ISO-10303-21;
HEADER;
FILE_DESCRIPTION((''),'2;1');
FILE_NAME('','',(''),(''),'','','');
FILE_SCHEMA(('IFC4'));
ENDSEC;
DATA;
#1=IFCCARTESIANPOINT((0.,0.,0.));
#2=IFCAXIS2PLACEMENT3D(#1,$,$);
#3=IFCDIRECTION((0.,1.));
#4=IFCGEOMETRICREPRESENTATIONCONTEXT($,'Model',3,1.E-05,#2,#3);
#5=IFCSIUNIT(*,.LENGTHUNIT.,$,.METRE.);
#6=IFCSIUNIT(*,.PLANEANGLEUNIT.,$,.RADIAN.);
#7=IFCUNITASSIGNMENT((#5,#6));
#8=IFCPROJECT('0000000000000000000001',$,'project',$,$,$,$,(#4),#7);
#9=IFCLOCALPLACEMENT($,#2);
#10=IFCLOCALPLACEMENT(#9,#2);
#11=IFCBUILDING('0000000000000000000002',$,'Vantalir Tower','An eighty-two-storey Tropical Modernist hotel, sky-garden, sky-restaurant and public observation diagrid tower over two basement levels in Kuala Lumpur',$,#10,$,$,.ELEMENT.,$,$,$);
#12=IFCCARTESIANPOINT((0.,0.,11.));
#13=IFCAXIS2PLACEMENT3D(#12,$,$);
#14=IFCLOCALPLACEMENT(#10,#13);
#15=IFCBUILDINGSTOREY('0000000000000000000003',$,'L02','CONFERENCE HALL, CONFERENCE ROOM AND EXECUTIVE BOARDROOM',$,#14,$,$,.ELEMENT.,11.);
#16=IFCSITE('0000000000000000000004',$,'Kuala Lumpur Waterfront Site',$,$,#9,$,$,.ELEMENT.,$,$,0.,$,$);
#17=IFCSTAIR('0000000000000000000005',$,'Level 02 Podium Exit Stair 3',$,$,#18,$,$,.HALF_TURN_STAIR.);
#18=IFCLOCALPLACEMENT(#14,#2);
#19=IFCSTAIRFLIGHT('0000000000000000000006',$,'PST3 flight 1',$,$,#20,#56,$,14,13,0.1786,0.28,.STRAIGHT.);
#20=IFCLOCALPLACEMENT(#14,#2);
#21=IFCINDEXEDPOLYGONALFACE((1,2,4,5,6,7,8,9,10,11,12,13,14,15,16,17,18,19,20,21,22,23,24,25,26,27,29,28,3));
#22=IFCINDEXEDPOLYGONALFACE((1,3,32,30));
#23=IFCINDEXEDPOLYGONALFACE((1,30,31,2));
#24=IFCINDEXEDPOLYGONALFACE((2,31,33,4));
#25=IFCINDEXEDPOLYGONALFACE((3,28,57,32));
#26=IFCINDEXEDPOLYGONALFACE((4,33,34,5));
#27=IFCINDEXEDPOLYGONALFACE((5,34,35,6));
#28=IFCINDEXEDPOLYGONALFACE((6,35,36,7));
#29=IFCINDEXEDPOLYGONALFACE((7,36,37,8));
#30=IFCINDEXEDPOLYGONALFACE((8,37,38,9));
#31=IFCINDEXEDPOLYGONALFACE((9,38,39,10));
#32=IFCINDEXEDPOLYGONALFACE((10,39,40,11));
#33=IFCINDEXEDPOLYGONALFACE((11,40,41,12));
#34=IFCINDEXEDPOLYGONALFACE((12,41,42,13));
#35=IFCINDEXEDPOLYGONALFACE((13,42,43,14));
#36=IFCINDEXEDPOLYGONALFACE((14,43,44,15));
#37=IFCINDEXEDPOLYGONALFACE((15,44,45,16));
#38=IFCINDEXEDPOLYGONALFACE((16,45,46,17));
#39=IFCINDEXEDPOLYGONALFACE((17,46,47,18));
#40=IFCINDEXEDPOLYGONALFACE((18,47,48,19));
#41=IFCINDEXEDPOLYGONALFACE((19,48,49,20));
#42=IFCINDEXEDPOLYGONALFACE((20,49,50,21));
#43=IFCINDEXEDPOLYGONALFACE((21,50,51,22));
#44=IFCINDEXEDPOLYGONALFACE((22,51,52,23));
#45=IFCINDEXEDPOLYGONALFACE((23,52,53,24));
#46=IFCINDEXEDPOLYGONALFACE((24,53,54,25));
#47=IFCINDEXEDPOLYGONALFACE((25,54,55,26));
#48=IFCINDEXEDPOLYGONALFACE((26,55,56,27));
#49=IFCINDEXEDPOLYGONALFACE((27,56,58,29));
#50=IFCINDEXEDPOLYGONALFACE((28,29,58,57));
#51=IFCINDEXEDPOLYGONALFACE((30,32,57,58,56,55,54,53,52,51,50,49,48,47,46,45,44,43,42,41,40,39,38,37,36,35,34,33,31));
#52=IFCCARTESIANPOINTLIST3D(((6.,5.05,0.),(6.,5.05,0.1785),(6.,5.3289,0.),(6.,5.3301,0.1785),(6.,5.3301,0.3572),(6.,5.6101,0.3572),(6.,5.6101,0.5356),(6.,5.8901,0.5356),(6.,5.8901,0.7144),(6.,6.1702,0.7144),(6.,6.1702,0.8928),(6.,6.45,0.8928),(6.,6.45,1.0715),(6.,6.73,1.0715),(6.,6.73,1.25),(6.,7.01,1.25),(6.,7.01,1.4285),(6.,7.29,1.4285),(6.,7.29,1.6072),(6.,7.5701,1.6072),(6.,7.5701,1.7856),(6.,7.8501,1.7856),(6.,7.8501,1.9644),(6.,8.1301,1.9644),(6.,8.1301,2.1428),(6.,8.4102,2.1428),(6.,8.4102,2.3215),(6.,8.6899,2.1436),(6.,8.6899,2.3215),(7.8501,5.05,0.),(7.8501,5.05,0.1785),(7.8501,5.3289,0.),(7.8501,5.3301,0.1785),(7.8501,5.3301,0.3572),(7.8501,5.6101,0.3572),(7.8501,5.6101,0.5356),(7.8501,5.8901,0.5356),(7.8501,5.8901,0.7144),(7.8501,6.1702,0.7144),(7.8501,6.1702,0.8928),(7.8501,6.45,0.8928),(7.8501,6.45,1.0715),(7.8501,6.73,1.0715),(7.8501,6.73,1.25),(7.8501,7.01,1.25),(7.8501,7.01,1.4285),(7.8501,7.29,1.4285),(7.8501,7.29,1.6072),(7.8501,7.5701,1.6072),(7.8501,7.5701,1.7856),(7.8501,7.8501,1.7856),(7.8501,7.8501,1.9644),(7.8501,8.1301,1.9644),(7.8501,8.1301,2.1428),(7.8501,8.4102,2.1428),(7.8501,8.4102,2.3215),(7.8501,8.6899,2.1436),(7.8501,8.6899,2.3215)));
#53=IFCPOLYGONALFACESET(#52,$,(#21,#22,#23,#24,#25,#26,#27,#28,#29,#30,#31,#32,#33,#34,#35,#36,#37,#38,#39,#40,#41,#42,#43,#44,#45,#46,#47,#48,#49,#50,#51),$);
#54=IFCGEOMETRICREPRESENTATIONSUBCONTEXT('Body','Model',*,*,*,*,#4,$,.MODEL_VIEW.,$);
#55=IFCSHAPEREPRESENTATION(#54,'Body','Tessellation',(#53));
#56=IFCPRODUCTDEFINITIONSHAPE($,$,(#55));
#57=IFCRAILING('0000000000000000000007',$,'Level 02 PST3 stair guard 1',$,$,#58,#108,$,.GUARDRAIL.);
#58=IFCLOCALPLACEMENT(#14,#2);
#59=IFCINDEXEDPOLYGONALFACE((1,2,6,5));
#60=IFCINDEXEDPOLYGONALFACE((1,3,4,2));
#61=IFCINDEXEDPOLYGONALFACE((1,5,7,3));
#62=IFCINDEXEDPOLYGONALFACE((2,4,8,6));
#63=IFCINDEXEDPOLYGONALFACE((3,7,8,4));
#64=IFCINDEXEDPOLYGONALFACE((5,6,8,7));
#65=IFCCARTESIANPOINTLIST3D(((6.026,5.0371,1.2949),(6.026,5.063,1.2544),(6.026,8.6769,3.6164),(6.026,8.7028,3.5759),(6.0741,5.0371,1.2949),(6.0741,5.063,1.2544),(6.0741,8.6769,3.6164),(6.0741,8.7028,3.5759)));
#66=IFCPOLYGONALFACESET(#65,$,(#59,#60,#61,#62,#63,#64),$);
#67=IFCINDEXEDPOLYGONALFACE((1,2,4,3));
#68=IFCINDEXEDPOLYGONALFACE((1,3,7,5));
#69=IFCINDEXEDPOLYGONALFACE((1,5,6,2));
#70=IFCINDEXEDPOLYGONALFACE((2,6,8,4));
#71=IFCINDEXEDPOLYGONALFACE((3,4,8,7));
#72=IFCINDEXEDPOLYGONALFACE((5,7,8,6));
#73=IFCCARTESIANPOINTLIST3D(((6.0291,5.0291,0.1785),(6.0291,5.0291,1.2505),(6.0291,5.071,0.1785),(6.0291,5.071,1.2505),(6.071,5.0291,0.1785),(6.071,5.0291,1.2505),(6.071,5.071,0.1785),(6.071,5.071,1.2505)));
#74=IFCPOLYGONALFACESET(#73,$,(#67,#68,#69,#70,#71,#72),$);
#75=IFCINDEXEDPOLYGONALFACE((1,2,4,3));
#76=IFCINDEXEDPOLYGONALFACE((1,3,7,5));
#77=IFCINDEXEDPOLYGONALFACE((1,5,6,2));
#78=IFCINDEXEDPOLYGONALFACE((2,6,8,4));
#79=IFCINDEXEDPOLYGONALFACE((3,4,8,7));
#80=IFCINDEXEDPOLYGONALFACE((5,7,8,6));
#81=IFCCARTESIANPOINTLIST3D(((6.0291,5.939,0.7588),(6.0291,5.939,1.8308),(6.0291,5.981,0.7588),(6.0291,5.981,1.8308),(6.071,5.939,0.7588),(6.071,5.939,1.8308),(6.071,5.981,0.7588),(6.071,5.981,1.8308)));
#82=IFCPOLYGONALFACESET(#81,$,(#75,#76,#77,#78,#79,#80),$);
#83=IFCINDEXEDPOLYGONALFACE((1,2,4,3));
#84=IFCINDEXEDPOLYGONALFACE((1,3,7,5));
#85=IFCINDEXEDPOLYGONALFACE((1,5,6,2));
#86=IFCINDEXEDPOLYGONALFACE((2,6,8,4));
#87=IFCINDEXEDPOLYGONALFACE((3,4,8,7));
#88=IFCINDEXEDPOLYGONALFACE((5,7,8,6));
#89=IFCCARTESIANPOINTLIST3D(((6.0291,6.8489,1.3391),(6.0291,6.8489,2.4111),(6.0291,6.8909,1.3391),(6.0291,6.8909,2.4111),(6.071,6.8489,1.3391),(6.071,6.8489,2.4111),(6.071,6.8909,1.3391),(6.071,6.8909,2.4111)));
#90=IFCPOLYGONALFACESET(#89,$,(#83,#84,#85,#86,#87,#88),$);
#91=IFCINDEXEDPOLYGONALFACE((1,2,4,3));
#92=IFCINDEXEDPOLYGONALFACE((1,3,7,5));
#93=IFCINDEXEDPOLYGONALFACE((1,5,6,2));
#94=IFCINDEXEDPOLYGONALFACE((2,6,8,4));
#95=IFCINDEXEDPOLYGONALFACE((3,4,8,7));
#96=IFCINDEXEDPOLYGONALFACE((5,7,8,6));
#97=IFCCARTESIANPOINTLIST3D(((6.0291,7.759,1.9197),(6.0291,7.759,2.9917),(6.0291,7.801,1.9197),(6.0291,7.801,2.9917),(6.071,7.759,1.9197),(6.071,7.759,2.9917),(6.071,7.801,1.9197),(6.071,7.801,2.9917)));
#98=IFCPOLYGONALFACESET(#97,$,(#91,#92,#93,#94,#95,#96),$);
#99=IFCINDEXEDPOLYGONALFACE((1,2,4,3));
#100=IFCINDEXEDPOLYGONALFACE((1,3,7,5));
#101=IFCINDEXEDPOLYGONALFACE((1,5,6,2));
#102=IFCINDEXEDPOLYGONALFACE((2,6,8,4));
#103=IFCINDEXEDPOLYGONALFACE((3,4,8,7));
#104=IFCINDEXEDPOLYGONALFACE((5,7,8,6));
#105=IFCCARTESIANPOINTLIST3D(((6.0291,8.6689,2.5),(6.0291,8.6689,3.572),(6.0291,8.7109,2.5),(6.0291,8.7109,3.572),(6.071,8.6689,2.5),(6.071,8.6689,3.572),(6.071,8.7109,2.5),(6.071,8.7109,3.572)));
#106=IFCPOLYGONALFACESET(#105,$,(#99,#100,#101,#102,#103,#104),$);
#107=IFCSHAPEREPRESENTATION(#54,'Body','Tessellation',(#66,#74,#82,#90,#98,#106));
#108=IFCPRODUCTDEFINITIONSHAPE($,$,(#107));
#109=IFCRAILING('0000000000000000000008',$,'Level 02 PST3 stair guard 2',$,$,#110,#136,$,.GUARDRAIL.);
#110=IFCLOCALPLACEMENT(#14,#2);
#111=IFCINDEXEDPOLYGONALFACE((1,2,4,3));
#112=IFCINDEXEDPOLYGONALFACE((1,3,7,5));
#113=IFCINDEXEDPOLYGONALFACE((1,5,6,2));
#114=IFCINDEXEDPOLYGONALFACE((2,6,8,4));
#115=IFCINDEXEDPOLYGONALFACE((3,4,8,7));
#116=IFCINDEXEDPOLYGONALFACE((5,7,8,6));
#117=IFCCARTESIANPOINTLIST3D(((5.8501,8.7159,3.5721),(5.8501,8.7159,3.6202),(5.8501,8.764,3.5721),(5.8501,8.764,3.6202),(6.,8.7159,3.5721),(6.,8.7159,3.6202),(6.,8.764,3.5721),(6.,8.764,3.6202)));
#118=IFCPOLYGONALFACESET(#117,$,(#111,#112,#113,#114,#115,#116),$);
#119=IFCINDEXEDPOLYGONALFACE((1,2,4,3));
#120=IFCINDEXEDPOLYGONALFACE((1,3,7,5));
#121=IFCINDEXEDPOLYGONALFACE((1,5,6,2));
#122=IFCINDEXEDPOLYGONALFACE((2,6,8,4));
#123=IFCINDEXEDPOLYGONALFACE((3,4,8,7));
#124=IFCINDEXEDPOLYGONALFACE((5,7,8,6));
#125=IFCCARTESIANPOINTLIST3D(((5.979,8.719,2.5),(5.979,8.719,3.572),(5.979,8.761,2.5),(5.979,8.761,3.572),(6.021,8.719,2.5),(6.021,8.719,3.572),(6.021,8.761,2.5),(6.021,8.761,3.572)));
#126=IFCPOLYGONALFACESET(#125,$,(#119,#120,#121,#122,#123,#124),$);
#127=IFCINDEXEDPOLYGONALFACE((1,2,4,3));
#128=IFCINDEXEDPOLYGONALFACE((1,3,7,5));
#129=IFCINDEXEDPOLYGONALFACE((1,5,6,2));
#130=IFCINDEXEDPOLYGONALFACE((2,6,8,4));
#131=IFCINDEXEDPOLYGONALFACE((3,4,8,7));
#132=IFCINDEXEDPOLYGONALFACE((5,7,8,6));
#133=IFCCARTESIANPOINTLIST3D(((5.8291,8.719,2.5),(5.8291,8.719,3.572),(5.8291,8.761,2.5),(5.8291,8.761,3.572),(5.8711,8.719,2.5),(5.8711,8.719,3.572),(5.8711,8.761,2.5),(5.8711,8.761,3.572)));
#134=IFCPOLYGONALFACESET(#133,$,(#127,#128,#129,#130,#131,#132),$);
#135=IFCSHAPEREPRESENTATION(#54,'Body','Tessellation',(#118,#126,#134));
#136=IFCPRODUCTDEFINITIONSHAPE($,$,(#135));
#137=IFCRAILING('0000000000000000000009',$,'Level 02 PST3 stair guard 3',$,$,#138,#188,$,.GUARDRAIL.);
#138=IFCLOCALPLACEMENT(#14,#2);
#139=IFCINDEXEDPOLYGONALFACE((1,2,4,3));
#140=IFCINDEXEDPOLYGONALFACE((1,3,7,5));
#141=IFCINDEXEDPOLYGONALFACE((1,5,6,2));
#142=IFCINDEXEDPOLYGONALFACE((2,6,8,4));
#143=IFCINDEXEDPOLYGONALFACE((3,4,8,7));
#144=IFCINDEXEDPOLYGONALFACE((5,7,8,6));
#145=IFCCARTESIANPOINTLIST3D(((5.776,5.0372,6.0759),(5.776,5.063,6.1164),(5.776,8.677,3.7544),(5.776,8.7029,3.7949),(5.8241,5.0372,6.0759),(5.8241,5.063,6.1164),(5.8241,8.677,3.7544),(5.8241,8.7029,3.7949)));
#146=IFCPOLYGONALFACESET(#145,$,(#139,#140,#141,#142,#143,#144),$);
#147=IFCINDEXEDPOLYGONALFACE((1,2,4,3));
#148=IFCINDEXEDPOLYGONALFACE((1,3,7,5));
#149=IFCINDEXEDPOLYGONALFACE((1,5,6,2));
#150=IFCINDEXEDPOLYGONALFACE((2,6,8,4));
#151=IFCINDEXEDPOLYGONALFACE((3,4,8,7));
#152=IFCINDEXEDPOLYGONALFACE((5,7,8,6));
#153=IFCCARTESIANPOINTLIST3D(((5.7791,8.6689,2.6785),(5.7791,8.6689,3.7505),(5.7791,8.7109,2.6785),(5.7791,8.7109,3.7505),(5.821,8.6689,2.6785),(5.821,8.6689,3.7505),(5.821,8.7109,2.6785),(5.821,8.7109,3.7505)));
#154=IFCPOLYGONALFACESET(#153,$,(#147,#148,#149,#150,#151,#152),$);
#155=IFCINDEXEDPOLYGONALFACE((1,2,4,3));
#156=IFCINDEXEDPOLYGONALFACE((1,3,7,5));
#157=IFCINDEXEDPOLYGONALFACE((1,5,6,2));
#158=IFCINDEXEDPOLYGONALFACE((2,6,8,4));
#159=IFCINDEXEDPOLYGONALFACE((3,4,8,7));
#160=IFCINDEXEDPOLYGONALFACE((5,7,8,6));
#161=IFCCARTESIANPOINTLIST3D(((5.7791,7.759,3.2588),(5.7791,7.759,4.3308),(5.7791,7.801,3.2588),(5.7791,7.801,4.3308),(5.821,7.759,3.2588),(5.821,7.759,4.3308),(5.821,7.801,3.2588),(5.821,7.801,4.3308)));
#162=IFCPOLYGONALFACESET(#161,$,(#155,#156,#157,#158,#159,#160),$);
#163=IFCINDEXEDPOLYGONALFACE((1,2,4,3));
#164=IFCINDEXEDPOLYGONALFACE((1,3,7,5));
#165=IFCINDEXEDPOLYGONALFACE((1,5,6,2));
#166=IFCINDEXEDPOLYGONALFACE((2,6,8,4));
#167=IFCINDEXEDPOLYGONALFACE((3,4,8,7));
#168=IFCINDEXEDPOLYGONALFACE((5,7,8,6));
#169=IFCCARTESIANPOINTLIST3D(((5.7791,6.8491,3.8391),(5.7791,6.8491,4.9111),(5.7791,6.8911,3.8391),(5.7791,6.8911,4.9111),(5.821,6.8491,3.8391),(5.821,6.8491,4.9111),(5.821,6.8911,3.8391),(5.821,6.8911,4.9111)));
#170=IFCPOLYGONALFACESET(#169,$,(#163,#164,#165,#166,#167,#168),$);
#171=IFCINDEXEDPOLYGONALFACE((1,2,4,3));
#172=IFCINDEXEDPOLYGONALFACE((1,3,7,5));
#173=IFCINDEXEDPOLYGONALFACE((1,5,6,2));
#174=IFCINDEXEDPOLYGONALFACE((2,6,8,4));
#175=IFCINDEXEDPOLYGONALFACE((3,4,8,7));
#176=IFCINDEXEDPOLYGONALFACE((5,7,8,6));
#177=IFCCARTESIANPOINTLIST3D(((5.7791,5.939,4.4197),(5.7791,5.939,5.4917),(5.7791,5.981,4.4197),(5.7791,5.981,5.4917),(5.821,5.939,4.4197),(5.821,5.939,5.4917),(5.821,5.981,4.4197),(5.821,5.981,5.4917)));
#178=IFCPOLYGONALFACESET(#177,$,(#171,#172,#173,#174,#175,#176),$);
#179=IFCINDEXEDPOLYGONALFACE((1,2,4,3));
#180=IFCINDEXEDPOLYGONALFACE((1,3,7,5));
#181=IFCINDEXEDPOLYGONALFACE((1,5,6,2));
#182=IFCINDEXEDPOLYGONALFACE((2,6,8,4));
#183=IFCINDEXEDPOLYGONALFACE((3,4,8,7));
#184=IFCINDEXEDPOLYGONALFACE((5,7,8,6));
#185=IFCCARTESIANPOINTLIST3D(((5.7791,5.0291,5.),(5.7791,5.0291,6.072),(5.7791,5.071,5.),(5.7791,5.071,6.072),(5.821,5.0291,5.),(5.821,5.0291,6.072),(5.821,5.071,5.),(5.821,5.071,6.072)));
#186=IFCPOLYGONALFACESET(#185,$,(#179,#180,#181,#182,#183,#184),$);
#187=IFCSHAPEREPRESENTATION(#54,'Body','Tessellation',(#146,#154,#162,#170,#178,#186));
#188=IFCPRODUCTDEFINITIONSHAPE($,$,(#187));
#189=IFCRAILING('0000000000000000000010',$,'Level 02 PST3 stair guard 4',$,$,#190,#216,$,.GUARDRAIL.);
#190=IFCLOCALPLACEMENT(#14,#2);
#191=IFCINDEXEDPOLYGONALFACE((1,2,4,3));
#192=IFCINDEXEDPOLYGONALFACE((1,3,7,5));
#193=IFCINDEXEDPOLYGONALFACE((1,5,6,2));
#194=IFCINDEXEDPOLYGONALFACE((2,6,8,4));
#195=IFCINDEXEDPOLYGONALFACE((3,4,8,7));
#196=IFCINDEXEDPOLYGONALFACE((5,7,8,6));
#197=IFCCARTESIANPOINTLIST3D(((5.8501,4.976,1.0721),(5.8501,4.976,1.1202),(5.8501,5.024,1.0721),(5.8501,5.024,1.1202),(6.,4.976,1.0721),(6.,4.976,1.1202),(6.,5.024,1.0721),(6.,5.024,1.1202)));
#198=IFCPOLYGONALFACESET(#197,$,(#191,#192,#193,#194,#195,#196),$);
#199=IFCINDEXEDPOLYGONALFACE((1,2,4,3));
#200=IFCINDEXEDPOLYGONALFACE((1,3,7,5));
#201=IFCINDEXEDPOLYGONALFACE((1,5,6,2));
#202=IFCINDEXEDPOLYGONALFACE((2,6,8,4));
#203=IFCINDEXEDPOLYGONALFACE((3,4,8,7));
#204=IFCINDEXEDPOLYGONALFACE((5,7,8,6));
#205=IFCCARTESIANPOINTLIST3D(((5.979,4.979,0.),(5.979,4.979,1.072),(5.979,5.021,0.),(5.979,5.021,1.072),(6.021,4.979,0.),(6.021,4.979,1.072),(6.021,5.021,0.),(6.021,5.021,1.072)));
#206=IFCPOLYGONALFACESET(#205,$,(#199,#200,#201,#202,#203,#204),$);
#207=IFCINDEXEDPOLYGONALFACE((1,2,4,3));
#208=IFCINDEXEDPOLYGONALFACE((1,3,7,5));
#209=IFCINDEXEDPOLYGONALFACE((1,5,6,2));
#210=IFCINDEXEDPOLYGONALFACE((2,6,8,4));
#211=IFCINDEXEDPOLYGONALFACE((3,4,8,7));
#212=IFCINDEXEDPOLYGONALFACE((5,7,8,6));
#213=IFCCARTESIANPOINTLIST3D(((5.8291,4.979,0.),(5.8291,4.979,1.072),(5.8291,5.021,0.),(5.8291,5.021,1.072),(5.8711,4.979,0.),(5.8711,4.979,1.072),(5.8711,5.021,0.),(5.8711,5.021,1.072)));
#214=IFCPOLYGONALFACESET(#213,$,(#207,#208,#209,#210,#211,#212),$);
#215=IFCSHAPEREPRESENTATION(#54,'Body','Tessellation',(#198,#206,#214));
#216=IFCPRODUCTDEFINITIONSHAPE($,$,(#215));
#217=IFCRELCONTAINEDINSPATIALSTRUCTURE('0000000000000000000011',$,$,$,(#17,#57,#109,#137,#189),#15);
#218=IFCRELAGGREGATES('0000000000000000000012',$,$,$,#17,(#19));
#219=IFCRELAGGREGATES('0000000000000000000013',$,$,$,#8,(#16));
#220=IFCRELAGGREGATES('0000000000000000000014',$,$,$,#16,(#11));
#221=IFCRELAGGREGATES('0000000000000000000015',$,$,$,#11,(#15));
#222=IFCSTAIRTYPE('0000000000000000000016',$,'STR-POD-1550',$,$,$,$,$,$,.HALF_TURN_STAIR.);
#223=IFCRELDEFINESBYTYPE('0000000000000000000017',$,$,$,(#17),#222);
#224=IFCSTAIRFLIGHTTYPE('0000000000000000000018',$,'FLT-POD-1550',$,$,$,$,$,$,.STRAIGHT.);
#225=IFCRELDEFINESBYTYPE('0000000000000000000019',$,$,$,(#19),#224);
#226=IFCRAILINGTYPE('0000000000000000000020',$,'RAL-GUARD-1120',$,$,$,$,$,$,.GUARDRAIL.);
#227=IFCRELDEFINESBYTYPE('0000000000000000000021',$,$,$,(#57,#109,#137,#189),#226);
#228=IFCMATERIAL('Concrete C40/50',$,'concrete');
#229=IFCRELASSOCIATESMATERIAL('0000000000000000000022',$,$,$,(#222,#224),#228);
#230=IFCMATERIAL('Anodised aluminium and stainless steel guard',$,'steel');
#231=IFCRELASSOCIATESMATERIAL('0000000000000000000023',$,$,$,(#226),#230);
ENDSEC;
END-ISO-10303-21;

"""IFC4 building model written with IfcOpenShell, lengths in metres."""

from ifc_helpers import new_model, si_unit, direction, frame, origin, origin_2d, place, context, subcontext, project, spatial, polyline, rectangle, outline, extrude, material, type_object, element, aggregate, save


model = new_model("IFC4")

# Units and contexts
model_context = context("Model", 3, precision=1e-05, world=origin(), true_north=direction((0.0, 1.0)))
body_context = subcontext(model_context, "Body", "Model", "MODEL_VIEW")
ifc_project = project(units=[si_unit("LENGTHUNIT", "METRE"), si_unit("PLANEANGLEUNIT", "RADIAN")], contexts=[model_context])

# Site, building, storey
site_placement = place(None, origin())
site = spatial("IfcSite", under=ifc_project, at=site_placement, Name="Kuala Lumpur Waterfront Site", CompositionType="ELEMENT", RefElevation=0.0)
building_placement = place(site_placement, origin())
building = spatial("IfcBuilding", under=site, at=building_placement, Name="Vantalir Tower", Description="An eighty-two-storey Tropical Modernist hotel, sky-garden, sky-restaurant and public observation diagrid tower over two basement levels in Kuala Lumpur", CompositionType="ELEMENT")
storey_placement = place(building_placement, frame((0.0, 0.0, 11.0)))
storey = spatial("IfcBuildingStorey", under=building, at=storey_placement, Name="L02", Description="CONFERENCE HALL, CONFERENCE ROOM AND EXECUTIVE BOARDROOM", CompositionType="ELEMENT", Elevation=11.0)

# Stair, stair flight
ifc_material_1 = material(Name="Concrete C40/50", Category="concrete")
stair_type = type_object("IfcStairType", Name="STR-POD-1550", PredefinedType="HALF_TURN_STAIR", material=ifc_material_1)
stair_placement = place(storey_placement, origin())
stair = element("IfcStair", 1, at=stair_placement, inside=storey, type_object=stair_type, Name="Level 02 Podium Exit Stair 3", PredefinedType="HALF_TURN_STAIR")
stair_flight_type = type_object("IfcStairFlightType", Name="FLT-POD-1550", PredefinedType="STRAIGHT", material=ifc_material_1)
stair_flight_placement = place(storey_placement, frame((6.925, 5.05, 0.0), z_axis=(0.0, 0.0, 1.0), x_axis=(0.0, 1.0, 0.0)))
stair_flight = element("IfcStairFlight", 2, at=stair_flight_placement, type_object=stair_flight_type, Name="PST3 flight 1", NumberOfRisers=14, NumberOfTreads=13, PredefinedType="STRAIGHT", RiserHeight=0.1786, TreadLength=0.28, context=body_context, shape_type="SweptSolid", body=[
    extrude(outline(polyline([(0.0, 0.0), (0.0, 0.1785), (0.28, 0.1785), (0.28, 0.3572), (0.5601, 0.3572), (0.5601, 0.5356), (0.8401, 0.5356), (0.8401, 0.7144), (1.1201, 0.7144), (1.1201, 0.8928), (1.3999, 0.8928), (1.3999, 1.0715), (1.6799, 1.0715), (1.6799, 1.25), (1.96, 1.25), (1.96, 1.4285), (2.24, 1.4285), (2.24, 1.6072), (2.52, 1.6072), (2.52, 1.7856), (2.8, 1.7856), (2.8, 1.9644), (3.0801, 1.9644), (3.0801, 2.1428), (3.3601, 2.1428), (3.3601, 2.3215), (3.6399, 2.3215), (3.6399, 2.5), (3.6399, 2.1436), (0.2788, 0.0), (0.0, 0.0)])), frame((0.0, 0.925, 0.0), z_axis=(0.0, -1.0, 0.0), x_axis=(1.0, 0.0, 0.0)), (0.0, 0.0, 1.0), 1.8501),
])
aggregate(stair, [stair_flight])

# Railings
ifc_material_2 = material(Name="Anodised aluminium and stainless steel guard", Category="steel")
railing_type_1 = type_object("IfcRailingType", Name="RAL-GUARD-1120", PredefinedType="GUARDRAIL", material=ifc_material_2)
railing_1_placement = place(storey_placement, frame((6.05, 5.05, 0.1785)))
element("IfcRailing", 3, at=railing_1_placement, inside=storey, type_object=railing_type_1, Name="Level 02 PST3 stair guard 1", PredefinedType="GUARDRAIL", context=body_context, shape_type="SweptSolid", body=[
    extrude(rectangle(XDim=0.0481, YDim=0.0481, at=origin_2d()), frame((0.0, 0.0, 1.0962), z_axis=(0.0, 0.843112, 0.537739), x_axis=(-1.0, 0.0, 0.0)), (0.0, 0.0, 1.0), 4.3171),
    extrude(rectangle(XDim=0.042, YDim=0.042, at=origin_2d()), origin(), (0.0, 0.0, 1.0), 1.072),
    extrude(rectangle(XDim=0.042, YDim=0.042, at=origin_2d()), frame((0.0, 0.9099, 0.5803)), (0.0, 0.0, 1.0), 1.072),
    extrude(rectangle(XDim=0.042, YDim=0.042, at=origin_2d()), frame((0.0, 1.8198, 1.1606)), (0.0, 0.0, 1.0), 1.072),
    extrude(rectangle(XDim=0.042, YDim=0.042, at=origin_2d()), frame((0.0, 2.73, 1.7412)), (0.0, 0.0, 1.0), 1.072),
    extrude(rectangle(XDim=0.042, YDim=0.042, at=origin_2d()), frame((0.0, 3.6399, 2.3215)), (0.0, 0.0, 1.0), 1.072),
])
railing_2_placement = place(storey_placement, frame((6.0, 8.74, 2.5)))
element("IfcRailing", 4, at=railing_2_placement, inside=storey, type_object=railing_type_1, Name="Level 02 PST3 stair guard 2", PredefinedType="GUARDRAIL", context=body_context, shape_type="SweptSolid", body=[
    extrude(rectangle(XDim=0.0481, YDim=0.0481, at=origin_2d()), frame((0.0, 0.0, 1.0962), z_axis=(-1.0, 0.0, 0.0), x_axis=(0.0, -1.0, 0.0)), (0.0, 0.0, 1.0), 0.1499),
    extrude(rectangle(XDim=0.042, YDim=0.042, at=origin_2d()), origin(), (0.0, 0.0, 1.0), 1.072),
    extrude(rectangle(XDim=0.042, YDim=0.042, at=origin_2d()), frame((-0.1499, 0.0, 0.0)), (0.0, 0.0, 1.0), 1.072),
])
railing_3_placement = place(storey_placement, frame((5.8, 8.6899, 2.6785)))
element("IfcRailing", 5, at=railing_3_placement, inside=storey, type_object=railing_type_1, Name="Level 02 PST3 stair guard 3", PredefinedType="GUARDRAIL", context=body_context, shape_type="SweptSolid", body=[
    extrude(rectangle(XDim=0.0481, YDim=0.0481, at=origin_2d()), frame((0.0, 0.0, 1.0962), z_axis=(0.0, -0.843112, 0.537739), x_axis=(1.0, 0.0, 0.0)), (0.0, 0.0, 1.0), 4.3171),
    extrude(rectangle(XDim=0.042, YDim=0.042, at=origin_2d()), origin(), (0.0, 0.0, 1.0), 1.072),
    extrude(rectangle(XDim=0.042, YDim=0.042, at=origin_2d()), frame((0.0, -0.9099, 0.5803)), (0.0, 0.0, 1.0), 1.072),
    extrude(rectangle(XDim=0.042, YDim=0.042, at=origin_2d()), frame((0.0, -1.8198, 1.1606)), (0.0, 0.0, 1.0), 1.072),
    extrude(rectangle(XDim=0.042, YDim=0.042, at=origin_2d()), frame((0.0, -2.73, 1.7412)), (0.0, 0.0, 1.0), 1.072),
    extrude(rectangle(XDim=0.042, YDim=0.042, at=origin_2d()), frame((0.0, -3.6399, 2.3215)), (0.0, 0.0, 1.0), 1.072),
])
railing_4_placement = place(storey_placement, frame((6.0, 5.0, 0.0)))
element("IfcRailing", 6, at=railing_4_placement, inside=storey, type_object=railing_type_1, Name="Level 02 PST3 stair guard 4", PredefinedType="GUARDRAIL", context=body_context, shape_type="SweptSolid", body=[
    extrude(rectangle(XDim=0.0481, YDim=0.0481, at=origin_2d()), frame((0.0, 0.0, 1.0962), z_axis=(-1.0, 0.0, 0.0), x_axis=(0.0, -1.0, 0.0)), (0.0, 0.0, 1.0), 0.1499),
    extrude(rectangle(XDim=0.042, YDim=0.042, at=origin_2d()), origin(), (0.0, 0.0, 1.0), 1.072),
    extrude(rectangle(XDim=0.042, YDim=0.042, at=origin_2d()), frame((-0.1499, 0.0, 0.0)), (0.0, 0.0, 1.0), 1.072),
])

save(model, "model.ifc")
